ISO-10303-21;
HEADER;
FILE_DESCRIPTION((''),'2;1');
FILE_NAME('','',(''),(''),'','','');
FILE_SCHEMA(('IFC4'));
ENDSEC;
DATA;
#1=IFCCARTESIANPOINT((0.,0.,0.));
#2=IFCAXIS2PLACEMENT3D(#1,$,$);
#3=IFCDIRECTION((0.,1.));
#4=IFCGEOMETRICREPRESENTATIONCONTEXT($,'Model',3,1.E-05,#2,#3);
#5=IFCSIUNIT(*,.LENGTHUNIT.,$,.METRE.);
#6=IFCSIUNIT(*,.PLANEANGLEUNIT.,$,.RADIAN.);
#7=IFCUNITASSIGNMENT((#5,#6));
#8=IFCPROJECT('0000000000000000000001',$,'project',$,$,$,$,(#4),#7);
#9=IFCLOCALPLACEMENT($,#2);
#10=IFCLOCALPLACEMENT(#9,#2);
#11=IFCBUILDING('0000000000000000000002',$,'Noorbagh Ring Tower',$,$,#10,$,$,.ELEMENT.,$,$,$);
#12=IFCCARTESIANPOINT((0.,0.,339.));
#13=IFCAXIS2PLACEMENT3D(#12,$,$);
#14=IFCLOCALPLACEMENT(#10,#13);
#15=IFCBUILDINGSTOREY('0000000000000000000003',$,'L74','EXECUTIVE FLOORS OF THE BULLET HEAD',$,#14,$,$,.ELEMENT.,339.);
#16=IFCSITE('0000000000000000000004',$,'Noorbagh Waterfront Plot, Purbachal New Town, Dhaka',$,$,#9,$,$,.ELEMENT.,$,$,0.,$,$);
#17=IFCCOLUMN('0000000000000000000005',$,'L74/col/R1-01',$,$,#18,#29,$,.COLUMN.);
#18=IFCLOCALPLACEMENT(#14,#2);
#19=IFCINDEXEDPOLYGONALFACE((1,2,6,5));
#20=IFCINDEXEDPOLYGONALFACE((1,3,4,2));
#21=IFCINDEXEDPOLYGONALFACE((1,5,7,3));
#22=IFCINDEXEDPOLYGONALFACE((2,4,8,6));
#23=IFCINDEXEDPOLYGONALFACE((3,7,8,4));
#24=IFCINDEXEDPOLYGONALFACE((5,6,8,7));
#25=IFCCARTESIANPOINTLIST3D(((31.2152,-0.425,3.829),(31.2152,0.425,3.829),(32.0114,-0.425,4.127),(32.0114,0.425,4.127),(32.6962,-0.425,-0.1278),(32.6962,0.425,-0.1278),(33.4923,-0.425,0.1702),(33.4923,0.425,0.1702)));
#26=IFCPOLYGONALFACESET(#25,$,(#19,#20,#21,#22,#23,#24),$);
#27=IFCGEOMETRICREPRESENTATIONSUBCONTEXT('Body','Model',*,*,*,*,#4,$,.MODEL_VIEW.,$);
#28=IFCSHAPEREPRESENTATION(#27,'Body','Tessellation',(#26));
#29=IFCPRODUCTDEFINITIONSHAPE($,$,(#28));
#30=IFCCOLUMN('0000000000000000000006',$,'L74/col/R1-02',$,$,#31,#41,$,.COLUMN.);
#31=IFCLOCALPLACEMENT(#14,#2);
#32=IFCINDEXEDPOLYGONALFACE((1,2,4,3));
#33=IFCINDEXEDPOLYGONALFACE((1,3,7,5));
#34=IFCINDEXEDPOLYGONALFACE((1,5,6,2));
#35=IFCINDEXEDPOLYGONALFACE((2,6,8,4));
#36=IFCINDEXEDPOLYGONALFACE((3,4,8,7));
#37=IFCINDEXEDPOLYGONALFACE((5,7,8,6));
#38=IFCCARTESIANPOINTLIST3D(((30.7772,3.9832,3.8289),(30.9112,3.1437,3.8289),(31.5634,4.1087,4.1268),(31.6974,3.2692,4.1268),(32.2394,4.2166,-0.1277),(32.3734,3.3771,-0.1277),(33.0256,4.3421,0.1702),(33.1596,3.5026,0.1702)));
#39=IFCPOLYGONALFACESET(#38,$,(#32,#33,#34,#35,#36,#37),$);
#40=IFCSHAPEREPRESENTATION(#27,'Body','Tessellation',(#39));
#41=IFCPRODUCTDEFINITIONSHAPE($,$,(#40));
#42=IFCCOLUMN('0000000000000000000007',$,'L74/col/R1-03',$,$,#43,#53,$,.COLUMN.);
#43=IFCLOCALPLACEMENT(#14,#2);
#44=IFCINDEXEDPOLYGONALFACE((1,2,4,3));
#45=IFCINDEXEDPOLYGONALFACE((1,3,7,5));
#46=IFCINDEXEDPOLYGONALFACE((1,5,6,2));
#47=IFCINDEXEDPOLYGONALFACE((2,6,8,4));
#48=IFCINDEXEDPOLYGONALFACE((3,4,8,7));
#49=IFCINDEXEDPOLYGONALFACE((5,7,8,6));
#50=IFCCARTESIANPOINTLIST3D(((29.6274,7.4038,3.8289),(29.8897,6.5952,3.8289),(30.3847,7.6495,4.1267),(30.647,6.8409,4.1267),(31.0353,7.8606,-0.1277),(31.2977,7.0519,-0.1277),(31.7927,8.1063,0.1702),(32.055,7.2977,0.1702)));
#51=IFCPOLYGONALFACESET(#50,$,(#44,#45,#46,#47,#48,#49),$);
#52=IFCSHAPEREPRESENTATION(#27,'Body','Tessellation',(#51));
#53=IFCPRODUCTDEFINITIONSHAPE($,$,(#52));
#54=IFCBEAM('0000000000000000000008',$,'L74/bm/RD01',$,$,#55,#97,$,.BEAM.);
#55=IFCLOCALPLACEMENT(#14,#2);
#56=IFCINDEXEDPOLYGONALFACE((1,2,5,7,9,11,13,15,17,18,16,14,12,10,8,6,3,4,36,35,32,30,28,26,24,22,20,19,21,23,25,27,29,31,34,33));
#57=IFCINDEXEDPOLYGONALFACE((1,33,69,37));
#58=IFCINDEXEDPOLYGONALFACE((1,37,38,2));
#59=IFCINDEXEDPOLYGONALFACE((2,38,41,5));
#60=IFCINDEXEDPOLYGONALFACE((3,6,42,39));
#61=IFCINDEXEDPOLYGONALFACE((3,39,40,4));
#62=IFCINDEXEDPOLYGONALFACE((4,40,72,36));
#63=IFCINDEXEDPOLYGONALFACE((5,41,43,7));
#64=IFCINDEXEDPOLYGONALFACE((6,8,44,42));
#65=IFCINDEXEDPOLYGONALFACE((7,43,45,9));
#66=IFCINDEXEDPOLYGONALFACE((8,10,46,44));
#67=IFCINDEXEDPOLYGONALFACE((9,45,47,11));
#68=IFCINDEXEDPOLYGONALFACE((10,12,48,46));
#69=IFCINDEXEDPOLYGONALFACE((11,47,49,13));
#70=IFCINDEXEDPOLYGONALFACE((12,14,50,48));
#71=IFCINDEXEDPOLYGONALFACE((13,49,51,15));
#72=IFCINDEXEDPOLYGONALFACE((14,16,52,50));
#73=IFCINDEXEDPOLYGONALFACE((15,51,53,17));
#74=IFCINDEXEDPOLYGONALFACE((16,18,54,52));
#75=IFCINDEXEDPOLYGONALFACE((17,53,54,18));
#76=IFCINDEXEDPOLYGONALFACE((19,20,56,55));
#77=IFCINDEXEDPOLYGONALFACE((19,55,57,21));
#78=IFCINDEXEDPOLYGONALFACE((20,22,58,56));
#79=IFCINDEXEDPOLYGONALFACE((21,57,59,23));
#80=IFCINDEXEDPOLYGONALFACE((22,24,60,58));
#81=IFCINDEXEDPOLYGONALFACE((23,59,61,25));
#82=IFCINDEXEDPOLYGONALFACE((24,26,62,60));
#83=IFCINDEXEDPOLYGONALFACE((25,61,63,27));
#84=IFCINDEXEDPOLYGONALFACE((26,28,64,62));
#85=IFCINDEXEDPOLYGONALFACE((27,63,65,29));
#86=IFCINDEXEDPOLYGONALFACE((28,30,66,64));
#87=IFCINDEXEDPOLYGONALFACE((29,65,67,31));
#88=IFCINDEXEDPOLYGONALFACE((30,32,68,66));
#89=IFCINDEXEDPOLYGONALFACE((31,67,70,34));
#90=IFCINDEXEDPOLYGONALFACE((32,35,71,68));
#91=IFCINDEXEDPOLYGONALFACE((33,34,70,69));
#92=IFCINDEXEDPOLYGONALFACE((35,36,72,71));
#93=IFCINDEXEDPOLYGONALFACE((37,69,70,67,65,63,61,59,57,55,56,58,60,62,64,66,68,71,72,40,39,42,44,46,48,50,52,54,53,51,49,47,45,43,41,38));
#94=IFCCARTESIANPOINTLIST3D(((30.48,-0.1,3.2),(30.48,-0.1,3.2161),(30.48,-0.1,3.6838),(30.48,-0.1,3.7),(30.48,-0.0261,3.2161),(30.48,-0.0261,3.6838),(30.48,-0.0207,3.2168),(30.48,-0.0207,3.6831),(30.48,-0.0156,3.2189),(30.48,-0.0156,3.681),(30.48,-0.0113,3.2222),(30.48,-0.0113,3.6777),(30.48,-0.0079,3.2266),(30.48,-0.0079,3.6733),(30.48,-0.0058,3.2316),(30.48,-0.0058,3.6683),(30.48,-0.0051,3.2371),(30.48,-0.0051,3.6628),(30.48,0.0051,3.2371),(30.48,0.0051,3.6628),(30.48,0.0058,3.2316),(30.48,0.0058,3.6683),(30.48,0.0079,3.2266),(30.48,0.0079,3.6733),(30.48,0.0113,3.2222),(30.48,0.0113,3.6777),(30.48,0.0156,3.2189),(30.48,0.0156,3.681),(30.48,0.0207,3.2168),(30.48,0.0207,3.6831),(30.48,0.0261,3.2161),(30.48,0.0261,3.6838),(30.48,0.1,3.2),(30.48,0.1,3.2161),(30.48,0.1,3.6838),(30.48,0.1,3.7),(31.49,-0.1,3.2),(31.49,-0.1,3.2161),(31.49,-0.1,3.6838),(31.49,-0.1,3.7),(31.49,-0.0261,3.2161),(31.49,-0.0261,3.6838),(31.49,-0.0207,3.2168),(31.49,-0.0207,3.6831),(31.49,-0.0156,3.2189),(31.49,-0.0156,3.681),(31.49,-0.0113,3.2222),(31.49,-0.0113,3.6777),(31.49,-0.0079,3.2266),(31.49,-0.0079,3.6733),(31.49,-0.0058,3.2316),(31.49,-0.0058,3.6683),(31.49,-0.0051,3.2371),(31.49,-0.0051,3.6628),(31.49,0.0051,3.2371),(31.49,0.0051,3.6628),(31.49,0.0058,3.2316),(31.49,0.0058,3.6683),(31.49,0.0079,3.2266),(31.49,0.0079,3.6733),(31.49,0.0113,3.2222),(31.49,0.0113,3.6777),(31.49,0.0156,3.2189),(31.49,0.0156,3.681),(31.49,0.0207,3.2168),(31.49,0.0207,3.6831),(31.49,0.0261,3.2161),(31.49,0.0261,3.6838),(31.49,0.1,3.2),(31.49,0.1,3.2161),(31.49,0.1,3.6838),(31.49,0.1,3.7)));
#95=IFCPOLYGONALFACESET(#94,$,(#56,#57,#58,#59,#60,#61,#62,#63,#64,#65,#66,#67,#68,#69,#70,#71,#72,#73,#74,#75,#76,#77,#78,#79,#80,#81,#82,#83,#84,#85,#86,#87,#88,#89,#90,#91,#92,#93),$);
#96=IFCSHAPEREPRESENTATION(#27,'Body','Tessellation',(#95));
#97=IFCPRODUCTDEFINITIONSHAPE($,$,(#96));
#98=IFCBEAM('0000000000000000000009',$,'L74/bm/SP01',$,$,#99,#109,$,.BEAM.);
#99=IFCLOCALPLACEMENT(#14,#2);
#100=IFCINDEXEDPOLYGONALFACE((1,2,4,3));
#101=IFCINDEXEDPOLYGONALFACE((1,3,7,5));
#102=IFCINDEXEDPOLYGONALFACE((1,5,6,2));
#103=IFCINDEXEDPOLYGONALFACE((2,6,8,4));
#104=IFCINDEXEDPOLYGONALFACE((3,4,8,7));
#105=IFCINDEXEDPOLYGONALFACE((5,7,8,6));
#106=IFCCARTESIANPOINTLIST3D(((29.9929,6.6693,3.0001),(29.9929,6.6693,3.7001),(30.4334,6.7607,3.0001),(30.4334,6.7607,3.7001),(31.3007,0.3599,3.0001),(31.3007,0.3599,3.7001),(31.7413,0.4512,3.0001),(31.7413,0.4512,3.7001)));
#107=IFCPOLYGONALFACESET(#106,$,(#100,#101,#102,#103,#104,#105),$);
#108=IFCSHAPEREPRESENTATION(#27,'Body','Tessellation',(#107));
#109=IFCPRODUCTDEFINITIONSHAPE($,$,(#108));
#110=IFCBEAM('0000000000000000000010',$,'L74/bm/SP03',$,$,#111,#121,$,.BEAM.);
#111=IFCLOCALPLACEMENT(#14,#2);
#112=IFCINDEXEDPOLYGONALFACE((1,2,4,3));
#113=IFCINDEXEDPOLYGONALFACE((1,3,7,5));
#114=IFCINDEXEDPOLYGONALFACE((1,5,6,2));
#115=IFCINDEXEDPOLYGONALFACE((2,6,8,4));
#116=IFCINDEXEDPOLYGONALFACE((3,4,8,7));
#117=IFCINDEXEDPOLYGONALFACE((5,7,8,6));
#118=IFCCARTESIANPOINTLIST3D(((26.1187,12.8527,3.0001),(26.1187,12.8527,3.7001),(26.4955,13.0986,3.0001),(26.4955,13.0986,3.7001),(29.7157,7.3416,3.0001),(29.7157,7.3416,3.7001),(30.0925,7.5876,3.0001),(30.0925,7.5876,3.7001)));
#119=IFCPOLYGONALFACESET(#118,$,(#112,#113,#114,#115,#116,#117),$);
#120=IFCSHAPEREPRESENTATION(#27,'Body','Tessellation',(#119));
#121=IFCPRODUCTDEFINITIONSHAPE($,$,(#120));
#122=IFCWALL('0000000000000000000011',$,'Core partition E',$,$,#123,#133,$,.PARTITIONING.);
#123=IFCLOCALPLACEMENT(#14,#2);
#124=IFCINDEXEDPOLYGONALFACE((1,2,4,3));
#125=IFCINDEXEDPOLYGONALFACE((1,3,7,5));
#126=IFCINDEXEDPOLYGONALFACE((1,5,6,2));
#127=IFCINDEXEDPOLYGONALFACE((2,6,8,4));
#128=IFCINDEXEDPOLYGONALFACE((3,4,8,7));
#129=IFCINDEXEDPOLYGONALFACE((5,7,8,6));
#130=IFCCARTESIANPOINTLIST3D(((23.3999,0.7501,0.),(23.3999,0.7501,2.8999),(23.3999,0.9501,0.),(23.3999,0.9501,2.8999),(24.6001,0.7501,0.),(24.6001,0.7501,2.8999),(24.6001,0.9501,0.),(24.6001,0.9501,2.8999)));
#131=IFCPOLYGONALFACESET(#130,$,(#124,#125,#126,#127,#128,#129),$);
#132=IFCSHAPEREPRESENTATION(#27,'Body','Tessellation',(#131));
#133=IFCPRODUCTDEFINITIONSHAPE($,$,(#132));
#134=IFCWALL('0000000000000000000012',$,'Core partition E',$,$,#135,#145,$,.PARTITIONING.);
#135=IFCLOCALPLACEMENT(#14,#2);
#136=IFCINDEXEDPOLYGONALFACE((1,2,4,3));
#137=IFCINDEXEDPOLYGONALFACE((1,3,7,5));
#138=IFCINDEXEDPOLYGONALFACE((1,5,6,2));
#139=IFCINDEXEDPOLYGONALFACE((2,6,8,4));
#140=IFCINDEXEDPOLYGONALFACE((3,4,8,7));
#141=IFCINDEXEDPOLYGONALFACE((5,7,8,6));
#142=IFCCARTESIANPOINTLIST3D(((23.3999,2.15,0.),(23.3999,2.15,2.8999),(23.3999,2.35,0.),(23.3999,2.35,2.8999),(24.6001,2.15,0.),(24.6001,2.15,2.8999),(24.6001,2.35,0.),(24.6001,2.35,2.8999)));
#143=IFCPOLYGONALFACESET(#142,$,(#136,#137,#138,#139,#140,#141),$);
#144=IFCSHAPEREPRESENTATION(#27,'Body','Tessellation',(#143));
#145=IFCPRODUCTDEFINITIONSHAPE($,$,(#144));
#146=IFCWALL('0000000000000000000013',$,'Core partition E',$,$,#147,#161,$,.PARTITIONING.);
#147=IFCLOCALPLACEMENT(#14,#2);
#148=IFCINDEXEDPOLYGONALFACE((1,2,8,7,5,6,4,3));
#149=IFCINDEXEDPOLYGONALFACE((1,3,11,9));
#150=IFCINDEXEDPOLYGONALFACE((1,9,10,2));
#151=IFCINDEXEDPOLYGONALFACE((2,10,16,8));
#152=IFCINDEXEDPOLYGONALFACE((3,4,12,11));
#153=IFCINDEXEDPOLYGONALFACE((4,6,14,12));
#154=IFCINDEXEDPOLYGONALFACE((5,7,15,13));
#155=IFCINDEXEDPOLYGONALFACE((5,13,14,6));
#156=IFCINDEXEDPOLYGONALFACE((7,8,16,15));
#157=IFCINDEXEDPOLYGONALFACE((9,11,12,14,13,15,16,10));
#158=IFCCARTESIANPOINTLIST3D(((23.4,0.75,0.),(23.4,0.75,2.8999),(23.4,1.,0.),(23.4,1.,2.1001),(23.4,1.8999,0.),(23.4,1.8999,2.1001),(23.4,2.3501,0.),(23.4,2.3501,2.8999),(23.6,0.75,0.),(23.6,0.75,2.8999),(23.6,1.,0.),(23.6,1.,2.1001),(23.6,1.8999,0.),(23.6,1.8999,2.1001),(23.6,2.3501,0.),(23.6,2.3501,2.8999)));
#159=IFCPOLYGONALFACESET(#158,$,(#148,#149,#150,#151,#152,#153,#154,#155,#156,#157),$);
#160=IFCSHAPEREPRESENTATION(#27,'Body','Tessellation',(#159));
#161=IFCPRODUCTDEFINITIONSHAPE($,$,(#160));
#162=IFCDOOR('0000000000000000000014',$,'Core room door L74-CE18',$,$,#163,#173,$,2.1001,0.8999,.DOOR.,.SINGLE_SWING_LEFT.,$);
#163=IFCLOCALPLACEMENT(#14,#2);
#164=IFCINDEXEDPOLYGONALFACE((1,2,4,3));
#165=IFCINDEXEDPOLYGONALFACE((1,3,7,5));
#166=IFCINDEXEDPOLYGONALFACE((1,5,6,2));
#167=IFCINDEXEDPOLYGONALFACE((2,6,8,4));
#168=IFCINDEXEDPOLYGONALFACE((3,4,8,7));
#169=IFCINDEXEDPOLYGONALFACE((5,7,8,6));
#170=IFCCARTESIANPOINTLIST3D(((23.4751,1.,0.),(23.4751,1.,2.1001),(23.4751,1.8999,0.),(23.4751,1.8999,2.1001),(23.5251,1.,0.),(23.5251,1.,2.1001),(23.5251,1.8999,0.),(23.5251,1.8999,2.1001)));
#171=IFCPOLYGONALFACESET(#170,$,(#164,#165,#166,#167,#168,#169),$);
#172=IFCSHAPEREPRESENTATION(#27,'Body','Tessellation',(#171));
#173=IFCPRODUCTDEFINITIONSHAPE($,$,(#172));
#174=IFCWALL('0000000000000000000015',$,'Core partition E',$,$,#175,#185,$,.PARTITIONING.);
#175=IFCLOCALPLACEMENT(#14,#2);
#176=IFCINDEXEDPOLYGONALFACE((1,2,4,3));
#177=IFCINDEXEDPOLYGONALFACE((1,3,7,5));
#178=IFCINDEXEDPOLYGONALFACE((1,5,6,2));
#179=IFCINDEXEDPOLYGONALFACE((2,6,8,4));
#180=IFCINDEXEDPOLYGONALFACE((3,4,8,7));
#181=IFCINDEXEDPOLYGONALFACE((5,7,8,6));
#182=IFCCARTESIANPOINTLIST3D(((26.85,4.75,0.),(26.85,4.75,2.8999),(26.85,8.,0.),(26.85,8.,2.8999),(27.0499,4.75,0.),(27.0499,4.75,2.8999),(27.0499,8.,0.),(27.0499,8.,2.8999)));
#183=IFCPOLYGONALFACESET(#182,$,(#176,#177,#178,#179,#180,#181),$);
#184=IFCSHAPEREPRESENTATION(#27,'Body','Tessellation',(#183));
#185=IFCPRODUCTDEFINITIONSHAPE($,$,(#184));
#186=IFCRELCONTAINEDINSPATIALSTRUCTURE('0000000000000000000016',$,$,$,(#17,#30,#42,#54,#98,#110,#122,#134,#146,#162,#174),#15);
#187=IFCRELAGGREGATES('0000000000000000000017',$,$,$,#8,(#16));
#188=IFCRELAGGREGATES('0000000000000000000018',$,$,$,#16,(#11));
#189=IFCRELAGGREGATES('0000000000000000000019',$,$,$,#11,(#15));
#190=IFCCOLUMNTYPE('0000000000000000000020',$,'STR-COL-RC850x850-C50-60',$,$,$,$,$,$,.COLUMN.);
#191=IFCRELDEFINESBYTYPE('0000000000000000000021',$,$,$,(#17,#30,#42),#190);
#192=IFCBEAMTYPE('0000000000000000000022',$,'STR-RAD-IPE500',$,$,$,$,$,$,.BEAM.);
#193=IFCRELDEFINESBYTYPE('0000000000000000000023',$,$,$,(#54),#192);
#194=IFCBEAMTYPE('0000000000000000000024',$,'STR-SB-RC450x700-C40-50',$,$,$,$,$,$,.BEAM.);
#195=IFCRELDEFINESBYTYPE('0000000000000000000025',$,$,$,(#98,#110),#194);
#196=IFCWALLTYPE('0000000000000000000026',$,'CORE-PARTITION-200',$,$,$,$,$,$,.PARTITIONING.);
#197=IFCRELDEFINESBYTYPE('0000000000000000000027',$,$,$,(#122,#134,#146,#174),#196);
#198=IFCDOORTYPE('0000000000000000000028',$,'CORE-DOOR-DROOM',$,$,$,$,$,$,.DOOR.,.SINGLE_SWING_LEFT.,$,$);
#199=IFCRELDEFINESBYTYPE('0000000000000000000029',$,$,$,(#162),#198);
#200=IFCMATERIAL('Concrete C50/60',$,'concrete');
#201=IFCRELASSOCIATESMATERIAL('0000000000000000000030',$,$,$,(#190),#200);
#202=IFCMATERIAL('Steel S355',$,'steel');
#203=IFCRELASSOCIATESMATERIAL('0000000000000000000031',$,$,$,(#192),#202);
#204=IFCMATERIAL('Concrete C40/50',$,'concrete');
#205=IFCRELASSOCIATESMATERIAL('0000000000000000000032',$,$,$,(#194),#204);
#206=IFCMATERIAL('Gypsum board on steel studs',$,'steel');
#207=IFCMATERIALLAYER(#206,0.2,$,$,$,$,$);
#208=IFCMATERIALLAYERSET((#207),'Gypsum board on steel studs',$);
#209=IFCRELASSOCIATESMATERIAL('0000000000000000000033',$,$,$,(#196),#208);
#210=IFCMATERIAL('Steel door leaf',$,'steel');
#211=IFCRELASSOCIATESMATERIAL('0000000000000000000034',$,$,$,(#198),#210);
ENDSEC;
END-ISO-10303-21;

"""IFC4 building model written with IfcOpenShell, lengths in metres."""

from ifc_helpers import new_model, si_unit, direction, frame, frame_2d, origin, origin_2d, place, context, subcontext, project, spatial, rectangle, i_section, extrude, material, layer, layer_set, material_profile, profile_set, type_object, element, fill, save


model = new_model("IFC4")

# Units and contexts
model_context = context("Model", 3, precision=1e-05, world=origin(), true_north=direction((0.0, 1.0)))
body_context = subcontext(model_context, "Body", "Model", "MODEL_VIEW")
ifc_project = project(units=[si_unit("LENGTHUNIT", "METRE"), si_unit("PLANEANGLEUNIT", "RADIAN")], contexts=[model_context])

# Site, building, storey
site_placement = place(None, origin())
site = spatial("IfcSite", under=ifc_project, at=site_placement, Name="Noorbagh Waterfront Plot, Purbachal New Town, Dhaka", CompositionType="ELEMENT", RefElevation=0.0)
building_placement = place(site_placement, origin())
building = spatial("IfcBuilding", under=site, at=building_placement, Name="Noorbagh Ring Tower", CompositionType="ELEMENT")
storey_placement = place(building_placement, frame((0.0, 0.0, 339.0)))
storey = spatial("IfcBuildingStorey", under=building, at=storey_placement, Name="L74", Description="EXECUTIVE FLOORS OF THE BULLET HEAD", CompositionType="ELEMENT", Elevation=339.0)

# Columns
ifc_material_1 = material(Name="Concrete C50/60", Category="concrete")
ifc_material_profile_1 = material_profile(ifc_material_1, rectangle(XDim=0.8501, YDim=0.8501, at=origin_2d()), Name="RC850x850")
ifc_profile_set_1 = profile_set([ifc_material_profile_1], Name="Concrete C50/60")
column_type = type_object("IfcColumnType", Name="STR-COL-RC850x850-C50-60", PredefinedType="COLUMN", material=ifc_profile_set_1)
column_1_placement = place(storey_placement, frame((33.0942, 0.0, 0.0212), z_axis=(-0.350534, 0.0, 0.93655), x_axis=(0.0, -1.0, 0.0)))
element("IfcColumn", 1, at=column_1_placement, inside=storey, type_object=column_type, Name="L74/col/R1-01", PredefinedType="COLUMN", context=body_context, shape_type="SweptSolid", body=[
    extrude(rectangle(XDim=0.8501, YDim=0.8501, at=origin_2d()), origin(), (0.0, 0.0, 1.0), 4.2249),
])
column_2_placement = place(storey_placement, frame((32.6995, 3.8596, 0.0212), z_axis=(-0.346112, -0.055248, 0.936565), x_axis=(0.15763, -0.987498, 0.0)))
element("IfcColumn", 2, at=column_2_placement, inside=storey, type_object=column_type, Name="L74/col/R1-02", PredefinedType="COLUMN", context=body_context, shape_type="SweptSolid", body=[
    extrude(rectangle(XDim=0.8501, YDim=0.8501, at=origin_2d()), origin(), (0.0, 0.0, 1.0), 4.2246),
])
column_3_placement = place(storey_placement, frame((31.5452, 7.5791, 0.0212), z_axis=(-0.333295, -0.108132, 0.936601), x_axis=(0.308597, -0.951193, 0.0)))
element("IfcColumn", 3, at=column_3_placement, inside=storey, type_object=column_type, Name="L74/col/R1-03", PredefinedType="COLUMN", context=body_context, shape_type="SweptSolid", body=[
    extrude(rectangle(XDim=0.8501, YDim=0.8501, at=origin_2d()), origin(), (0.0, 0.0, 1.0), 4.2244),
])

# Beams
ifc_material_2 = material(Name="Steel S355", Category="steel")
ifc_material_profile_2 = material_profile(ifc_material_2, i_section(OverallWidth=0.2, OverallDepth=0.5, WebThickness=0.0103, FlangeThickness=0.0161, FilletRadius=0.021, at=origin_2d()), Name="IPE500")
ifc_profile_set_2 = profile_set([ifc_material_profile_2], Name="Steel S355")
beam_type_1 = type_object("IfcBeamType", Name="STR-RAD-IPE500", PredefinedType="BEAM", material=ifc_profile_set_2)
beam_1_placement = place(storey_placement, frame((31.49, 0.0, 3.45), z_axis=(-1.0, 0.0, 0.0), x_axis=(0.0, -1.0, 0.0)))
element("IfcBeam", 4, at=beam_1_placement, inside=storey, type_object=beam_type_1, Name="L74/bm/RD01", PredefinedType="BEAM", context=body_context, shape_type="SweptSolid", body=[
    extrude(i_section(OverallWidth=0.2, OverallDepth=0.5, WebThickness=0.0103, FlangeThickness=0.0161, FilletRadius=0.021, at=origin_2d()), origin(), (0.0, 0.0, 1.0), 1.01),
])
ifc_material_3 = material(Name="Concrete C40/50", Category="concrete")
ifc_material_profile_3 = material_profile(ifc_material_3, rectangle(XDim=0.45, YDim=0.7, at=origin_2d()), Name="RC450x700")
ifc_profile_set_3 = profile_set([ifc_material_profile_3], Name="Concrete C40/50")
beam_type_2 = type_object("IfcBeamType", Name="STR-SB-RC450x700-C40-50", PredefinedType="BEAM", material=ifc_profile_set_3)
beam_2_placement = place(storey_placement, frame((31.521, 0.4055, 3.3501), z_axis=(-0.202968, 0.979185, 0.0), x_axis=(-0.979185, -0.202968, 0.0)))
element("IfcBeam", 5, at=beam_2_placement, inside=storey, type_object=beam_type_2, Name="L74/bm/SP01", PredefinedType="BEAM", context=body_context, shape_type="SweptSolid", body=[
    extrude(rectangle(XDim=0.45, YDim=0.7, at=origin_2d()), origin(), (0.0, 0.0, 1.0), 6.4436),
])
beam_3_placement = place(storey_placement, frame((29.9041, 7.4646, 3.3501), z_axis=(-0.546566, 0.837416, 0.0), x_axis=(-0.837416, -0.546566, 0.0)))
element("IfcBeam", 6, at=beam_3_placement, inside=storey, type_object=beam_type_2, Name="L74/bm/SP03", PredefinedType="BEAM", context=body_context, shape_type="SweptSolid", body=[
    extrude(rectangle(XDim=0.45, YDim=0.7, at=origin_2d()), origin(), (0.0, 0.0, 1.0), 6.5811),
])

# Walls
ifc_material_4 = material(Name="Gypsum board on steel studs", Category="steel")
ifc_layer_1 = layer(ifc_material_4, 0.2)
ifc_layer_set_1 = layer_set([ifc_layer_1], Name="Gypsum board on steel studs")
wall_type_1 = type_object("IfcWallType", Name="CORE-PARTITION-200", PredefinedType="PARTITIONING", material=ifc_layer_set_1)
for number, where, z_axis, x_axis, name in (
    (7, (23.3999, 0.8501, 0.0), (0.0, 0.0, 1.0), (1.0, 0.0, 0.0), "Core partition E"),
    (8, (23.3999, 2.25, 0.0), (0.0, 0.0, 1.0), (1.0, 0.0, 0.0), "Core partition E"),
):
    element("IfcWall", number, at=place(storey_placement, frame(where, z_axis=z_axis, x_axis=x_axis)), inside=storey, type_object=wall_type_1, Name=name, PredefinedType="PARTITIONING", context=body_context, shape_type="SweptSolid", body=[
        extrude(rectangle(XDim=1.2002, YDim=0.2, at=frame_2d((0.6001, 0.0))), origin(), (0.0, 0.0, 1.0), 2.8999),
    ])

# Wall, opening, door
wall_1_placement = place(storey_placement, frame((23.5, 0.75, 0.0), z_axis=(0.0, 0.0, 1.0), x_axis=(0.0, 1.0, 0.0)))
wall_1 = element("IfcWall", 9, at=wall_1_placement, inside=storey, type_object=wall_type_1, Name="Core partition E", PredefinedType="PARTITIONING", context=body_context, shape_type="SweptSolid", body=[
    extrude(rectangle(XDim=1.6001, YDim=0.2, at=frame_2d((0.8, 0.0))), origin(), (0.0, 0.0, 1.0), 2.8999),
])
opening_1_placement = place(wall_1_placement, frame((0.25, 0.0, 0.0)))
opening_1 = element("IfcOpeningElement", 10, at=opening_1_placement, cuts=wall_1, PredefinedType="OPENING", context=body_context, shape_type="SweptSolid", body=[
    extrude(rectangle(XDim=0.8999, YDim=2.1001, at=frame_2d((0.45, 1.05))), frame((0.0, 0.1099, 0.0), z_axis=(0.0, -1.0, 0.0), x_axis=(1.0, 0.0, 0.0)), (0.0, 0.0, 1.0), 0.22),
])
ifc_material_5 = material(Name="Steel door leaf", Category="steel")
door_type_1 = type_object("IfcDoorType", Name="CORE-DOOR-DROOM", OperationType="SINGLE_SWING_LEFT", PredefinedType="DOOR", material=ifc_material_5)
door_1_placement = place(opening_1_placement, origin())
door_1 = element("IfcDoor", 11, at=door_1_placement, inside=storey, type_object=door_type_1, Name="Core room door L74-CE18", OperationType="SINGLE_SWING_LEFT", OverallHeight=2.1001, OverallWidth=0.8999, PredefinedType="DOOR", context=body_context, shape_type="SweptSolid", body=[
    extrude(rectangle(XDim=0.8999, YDim=2.1001, at=frame_2d((0.45, 1.05))), frame((0.0, 0.0249, 0.0), z_axis=(0.0, -1.0, 0.0), x_axis=(1.0, 0.0, 0.0)), (0.0, 0.0, 1.0), 0.05),
])
fill(opening_1, door_1)

# Wall
wall_2_placement = place(storey_placement, frame((26.95, 4.75, 0.0), z_axis=(0.0, 0.0, 1.0), x_axis=(0.0, 1.0, 0.0)))
element("IfcWall", 12, at=wall_2_placement, inside=storey, type_object=wall_type_1, Name="Core partition E", PredefinedType="PARTITIONING", context=body_context, shape_type="SweptSolid", body=[
    extrude(rectangle(XDim=3.25, YDim=0.2, at=frame_2d((1.625, 0.0))), origin(), (0.0, 0.0, 1.0), 2.8999),
])

save(model, "model.ifc")
